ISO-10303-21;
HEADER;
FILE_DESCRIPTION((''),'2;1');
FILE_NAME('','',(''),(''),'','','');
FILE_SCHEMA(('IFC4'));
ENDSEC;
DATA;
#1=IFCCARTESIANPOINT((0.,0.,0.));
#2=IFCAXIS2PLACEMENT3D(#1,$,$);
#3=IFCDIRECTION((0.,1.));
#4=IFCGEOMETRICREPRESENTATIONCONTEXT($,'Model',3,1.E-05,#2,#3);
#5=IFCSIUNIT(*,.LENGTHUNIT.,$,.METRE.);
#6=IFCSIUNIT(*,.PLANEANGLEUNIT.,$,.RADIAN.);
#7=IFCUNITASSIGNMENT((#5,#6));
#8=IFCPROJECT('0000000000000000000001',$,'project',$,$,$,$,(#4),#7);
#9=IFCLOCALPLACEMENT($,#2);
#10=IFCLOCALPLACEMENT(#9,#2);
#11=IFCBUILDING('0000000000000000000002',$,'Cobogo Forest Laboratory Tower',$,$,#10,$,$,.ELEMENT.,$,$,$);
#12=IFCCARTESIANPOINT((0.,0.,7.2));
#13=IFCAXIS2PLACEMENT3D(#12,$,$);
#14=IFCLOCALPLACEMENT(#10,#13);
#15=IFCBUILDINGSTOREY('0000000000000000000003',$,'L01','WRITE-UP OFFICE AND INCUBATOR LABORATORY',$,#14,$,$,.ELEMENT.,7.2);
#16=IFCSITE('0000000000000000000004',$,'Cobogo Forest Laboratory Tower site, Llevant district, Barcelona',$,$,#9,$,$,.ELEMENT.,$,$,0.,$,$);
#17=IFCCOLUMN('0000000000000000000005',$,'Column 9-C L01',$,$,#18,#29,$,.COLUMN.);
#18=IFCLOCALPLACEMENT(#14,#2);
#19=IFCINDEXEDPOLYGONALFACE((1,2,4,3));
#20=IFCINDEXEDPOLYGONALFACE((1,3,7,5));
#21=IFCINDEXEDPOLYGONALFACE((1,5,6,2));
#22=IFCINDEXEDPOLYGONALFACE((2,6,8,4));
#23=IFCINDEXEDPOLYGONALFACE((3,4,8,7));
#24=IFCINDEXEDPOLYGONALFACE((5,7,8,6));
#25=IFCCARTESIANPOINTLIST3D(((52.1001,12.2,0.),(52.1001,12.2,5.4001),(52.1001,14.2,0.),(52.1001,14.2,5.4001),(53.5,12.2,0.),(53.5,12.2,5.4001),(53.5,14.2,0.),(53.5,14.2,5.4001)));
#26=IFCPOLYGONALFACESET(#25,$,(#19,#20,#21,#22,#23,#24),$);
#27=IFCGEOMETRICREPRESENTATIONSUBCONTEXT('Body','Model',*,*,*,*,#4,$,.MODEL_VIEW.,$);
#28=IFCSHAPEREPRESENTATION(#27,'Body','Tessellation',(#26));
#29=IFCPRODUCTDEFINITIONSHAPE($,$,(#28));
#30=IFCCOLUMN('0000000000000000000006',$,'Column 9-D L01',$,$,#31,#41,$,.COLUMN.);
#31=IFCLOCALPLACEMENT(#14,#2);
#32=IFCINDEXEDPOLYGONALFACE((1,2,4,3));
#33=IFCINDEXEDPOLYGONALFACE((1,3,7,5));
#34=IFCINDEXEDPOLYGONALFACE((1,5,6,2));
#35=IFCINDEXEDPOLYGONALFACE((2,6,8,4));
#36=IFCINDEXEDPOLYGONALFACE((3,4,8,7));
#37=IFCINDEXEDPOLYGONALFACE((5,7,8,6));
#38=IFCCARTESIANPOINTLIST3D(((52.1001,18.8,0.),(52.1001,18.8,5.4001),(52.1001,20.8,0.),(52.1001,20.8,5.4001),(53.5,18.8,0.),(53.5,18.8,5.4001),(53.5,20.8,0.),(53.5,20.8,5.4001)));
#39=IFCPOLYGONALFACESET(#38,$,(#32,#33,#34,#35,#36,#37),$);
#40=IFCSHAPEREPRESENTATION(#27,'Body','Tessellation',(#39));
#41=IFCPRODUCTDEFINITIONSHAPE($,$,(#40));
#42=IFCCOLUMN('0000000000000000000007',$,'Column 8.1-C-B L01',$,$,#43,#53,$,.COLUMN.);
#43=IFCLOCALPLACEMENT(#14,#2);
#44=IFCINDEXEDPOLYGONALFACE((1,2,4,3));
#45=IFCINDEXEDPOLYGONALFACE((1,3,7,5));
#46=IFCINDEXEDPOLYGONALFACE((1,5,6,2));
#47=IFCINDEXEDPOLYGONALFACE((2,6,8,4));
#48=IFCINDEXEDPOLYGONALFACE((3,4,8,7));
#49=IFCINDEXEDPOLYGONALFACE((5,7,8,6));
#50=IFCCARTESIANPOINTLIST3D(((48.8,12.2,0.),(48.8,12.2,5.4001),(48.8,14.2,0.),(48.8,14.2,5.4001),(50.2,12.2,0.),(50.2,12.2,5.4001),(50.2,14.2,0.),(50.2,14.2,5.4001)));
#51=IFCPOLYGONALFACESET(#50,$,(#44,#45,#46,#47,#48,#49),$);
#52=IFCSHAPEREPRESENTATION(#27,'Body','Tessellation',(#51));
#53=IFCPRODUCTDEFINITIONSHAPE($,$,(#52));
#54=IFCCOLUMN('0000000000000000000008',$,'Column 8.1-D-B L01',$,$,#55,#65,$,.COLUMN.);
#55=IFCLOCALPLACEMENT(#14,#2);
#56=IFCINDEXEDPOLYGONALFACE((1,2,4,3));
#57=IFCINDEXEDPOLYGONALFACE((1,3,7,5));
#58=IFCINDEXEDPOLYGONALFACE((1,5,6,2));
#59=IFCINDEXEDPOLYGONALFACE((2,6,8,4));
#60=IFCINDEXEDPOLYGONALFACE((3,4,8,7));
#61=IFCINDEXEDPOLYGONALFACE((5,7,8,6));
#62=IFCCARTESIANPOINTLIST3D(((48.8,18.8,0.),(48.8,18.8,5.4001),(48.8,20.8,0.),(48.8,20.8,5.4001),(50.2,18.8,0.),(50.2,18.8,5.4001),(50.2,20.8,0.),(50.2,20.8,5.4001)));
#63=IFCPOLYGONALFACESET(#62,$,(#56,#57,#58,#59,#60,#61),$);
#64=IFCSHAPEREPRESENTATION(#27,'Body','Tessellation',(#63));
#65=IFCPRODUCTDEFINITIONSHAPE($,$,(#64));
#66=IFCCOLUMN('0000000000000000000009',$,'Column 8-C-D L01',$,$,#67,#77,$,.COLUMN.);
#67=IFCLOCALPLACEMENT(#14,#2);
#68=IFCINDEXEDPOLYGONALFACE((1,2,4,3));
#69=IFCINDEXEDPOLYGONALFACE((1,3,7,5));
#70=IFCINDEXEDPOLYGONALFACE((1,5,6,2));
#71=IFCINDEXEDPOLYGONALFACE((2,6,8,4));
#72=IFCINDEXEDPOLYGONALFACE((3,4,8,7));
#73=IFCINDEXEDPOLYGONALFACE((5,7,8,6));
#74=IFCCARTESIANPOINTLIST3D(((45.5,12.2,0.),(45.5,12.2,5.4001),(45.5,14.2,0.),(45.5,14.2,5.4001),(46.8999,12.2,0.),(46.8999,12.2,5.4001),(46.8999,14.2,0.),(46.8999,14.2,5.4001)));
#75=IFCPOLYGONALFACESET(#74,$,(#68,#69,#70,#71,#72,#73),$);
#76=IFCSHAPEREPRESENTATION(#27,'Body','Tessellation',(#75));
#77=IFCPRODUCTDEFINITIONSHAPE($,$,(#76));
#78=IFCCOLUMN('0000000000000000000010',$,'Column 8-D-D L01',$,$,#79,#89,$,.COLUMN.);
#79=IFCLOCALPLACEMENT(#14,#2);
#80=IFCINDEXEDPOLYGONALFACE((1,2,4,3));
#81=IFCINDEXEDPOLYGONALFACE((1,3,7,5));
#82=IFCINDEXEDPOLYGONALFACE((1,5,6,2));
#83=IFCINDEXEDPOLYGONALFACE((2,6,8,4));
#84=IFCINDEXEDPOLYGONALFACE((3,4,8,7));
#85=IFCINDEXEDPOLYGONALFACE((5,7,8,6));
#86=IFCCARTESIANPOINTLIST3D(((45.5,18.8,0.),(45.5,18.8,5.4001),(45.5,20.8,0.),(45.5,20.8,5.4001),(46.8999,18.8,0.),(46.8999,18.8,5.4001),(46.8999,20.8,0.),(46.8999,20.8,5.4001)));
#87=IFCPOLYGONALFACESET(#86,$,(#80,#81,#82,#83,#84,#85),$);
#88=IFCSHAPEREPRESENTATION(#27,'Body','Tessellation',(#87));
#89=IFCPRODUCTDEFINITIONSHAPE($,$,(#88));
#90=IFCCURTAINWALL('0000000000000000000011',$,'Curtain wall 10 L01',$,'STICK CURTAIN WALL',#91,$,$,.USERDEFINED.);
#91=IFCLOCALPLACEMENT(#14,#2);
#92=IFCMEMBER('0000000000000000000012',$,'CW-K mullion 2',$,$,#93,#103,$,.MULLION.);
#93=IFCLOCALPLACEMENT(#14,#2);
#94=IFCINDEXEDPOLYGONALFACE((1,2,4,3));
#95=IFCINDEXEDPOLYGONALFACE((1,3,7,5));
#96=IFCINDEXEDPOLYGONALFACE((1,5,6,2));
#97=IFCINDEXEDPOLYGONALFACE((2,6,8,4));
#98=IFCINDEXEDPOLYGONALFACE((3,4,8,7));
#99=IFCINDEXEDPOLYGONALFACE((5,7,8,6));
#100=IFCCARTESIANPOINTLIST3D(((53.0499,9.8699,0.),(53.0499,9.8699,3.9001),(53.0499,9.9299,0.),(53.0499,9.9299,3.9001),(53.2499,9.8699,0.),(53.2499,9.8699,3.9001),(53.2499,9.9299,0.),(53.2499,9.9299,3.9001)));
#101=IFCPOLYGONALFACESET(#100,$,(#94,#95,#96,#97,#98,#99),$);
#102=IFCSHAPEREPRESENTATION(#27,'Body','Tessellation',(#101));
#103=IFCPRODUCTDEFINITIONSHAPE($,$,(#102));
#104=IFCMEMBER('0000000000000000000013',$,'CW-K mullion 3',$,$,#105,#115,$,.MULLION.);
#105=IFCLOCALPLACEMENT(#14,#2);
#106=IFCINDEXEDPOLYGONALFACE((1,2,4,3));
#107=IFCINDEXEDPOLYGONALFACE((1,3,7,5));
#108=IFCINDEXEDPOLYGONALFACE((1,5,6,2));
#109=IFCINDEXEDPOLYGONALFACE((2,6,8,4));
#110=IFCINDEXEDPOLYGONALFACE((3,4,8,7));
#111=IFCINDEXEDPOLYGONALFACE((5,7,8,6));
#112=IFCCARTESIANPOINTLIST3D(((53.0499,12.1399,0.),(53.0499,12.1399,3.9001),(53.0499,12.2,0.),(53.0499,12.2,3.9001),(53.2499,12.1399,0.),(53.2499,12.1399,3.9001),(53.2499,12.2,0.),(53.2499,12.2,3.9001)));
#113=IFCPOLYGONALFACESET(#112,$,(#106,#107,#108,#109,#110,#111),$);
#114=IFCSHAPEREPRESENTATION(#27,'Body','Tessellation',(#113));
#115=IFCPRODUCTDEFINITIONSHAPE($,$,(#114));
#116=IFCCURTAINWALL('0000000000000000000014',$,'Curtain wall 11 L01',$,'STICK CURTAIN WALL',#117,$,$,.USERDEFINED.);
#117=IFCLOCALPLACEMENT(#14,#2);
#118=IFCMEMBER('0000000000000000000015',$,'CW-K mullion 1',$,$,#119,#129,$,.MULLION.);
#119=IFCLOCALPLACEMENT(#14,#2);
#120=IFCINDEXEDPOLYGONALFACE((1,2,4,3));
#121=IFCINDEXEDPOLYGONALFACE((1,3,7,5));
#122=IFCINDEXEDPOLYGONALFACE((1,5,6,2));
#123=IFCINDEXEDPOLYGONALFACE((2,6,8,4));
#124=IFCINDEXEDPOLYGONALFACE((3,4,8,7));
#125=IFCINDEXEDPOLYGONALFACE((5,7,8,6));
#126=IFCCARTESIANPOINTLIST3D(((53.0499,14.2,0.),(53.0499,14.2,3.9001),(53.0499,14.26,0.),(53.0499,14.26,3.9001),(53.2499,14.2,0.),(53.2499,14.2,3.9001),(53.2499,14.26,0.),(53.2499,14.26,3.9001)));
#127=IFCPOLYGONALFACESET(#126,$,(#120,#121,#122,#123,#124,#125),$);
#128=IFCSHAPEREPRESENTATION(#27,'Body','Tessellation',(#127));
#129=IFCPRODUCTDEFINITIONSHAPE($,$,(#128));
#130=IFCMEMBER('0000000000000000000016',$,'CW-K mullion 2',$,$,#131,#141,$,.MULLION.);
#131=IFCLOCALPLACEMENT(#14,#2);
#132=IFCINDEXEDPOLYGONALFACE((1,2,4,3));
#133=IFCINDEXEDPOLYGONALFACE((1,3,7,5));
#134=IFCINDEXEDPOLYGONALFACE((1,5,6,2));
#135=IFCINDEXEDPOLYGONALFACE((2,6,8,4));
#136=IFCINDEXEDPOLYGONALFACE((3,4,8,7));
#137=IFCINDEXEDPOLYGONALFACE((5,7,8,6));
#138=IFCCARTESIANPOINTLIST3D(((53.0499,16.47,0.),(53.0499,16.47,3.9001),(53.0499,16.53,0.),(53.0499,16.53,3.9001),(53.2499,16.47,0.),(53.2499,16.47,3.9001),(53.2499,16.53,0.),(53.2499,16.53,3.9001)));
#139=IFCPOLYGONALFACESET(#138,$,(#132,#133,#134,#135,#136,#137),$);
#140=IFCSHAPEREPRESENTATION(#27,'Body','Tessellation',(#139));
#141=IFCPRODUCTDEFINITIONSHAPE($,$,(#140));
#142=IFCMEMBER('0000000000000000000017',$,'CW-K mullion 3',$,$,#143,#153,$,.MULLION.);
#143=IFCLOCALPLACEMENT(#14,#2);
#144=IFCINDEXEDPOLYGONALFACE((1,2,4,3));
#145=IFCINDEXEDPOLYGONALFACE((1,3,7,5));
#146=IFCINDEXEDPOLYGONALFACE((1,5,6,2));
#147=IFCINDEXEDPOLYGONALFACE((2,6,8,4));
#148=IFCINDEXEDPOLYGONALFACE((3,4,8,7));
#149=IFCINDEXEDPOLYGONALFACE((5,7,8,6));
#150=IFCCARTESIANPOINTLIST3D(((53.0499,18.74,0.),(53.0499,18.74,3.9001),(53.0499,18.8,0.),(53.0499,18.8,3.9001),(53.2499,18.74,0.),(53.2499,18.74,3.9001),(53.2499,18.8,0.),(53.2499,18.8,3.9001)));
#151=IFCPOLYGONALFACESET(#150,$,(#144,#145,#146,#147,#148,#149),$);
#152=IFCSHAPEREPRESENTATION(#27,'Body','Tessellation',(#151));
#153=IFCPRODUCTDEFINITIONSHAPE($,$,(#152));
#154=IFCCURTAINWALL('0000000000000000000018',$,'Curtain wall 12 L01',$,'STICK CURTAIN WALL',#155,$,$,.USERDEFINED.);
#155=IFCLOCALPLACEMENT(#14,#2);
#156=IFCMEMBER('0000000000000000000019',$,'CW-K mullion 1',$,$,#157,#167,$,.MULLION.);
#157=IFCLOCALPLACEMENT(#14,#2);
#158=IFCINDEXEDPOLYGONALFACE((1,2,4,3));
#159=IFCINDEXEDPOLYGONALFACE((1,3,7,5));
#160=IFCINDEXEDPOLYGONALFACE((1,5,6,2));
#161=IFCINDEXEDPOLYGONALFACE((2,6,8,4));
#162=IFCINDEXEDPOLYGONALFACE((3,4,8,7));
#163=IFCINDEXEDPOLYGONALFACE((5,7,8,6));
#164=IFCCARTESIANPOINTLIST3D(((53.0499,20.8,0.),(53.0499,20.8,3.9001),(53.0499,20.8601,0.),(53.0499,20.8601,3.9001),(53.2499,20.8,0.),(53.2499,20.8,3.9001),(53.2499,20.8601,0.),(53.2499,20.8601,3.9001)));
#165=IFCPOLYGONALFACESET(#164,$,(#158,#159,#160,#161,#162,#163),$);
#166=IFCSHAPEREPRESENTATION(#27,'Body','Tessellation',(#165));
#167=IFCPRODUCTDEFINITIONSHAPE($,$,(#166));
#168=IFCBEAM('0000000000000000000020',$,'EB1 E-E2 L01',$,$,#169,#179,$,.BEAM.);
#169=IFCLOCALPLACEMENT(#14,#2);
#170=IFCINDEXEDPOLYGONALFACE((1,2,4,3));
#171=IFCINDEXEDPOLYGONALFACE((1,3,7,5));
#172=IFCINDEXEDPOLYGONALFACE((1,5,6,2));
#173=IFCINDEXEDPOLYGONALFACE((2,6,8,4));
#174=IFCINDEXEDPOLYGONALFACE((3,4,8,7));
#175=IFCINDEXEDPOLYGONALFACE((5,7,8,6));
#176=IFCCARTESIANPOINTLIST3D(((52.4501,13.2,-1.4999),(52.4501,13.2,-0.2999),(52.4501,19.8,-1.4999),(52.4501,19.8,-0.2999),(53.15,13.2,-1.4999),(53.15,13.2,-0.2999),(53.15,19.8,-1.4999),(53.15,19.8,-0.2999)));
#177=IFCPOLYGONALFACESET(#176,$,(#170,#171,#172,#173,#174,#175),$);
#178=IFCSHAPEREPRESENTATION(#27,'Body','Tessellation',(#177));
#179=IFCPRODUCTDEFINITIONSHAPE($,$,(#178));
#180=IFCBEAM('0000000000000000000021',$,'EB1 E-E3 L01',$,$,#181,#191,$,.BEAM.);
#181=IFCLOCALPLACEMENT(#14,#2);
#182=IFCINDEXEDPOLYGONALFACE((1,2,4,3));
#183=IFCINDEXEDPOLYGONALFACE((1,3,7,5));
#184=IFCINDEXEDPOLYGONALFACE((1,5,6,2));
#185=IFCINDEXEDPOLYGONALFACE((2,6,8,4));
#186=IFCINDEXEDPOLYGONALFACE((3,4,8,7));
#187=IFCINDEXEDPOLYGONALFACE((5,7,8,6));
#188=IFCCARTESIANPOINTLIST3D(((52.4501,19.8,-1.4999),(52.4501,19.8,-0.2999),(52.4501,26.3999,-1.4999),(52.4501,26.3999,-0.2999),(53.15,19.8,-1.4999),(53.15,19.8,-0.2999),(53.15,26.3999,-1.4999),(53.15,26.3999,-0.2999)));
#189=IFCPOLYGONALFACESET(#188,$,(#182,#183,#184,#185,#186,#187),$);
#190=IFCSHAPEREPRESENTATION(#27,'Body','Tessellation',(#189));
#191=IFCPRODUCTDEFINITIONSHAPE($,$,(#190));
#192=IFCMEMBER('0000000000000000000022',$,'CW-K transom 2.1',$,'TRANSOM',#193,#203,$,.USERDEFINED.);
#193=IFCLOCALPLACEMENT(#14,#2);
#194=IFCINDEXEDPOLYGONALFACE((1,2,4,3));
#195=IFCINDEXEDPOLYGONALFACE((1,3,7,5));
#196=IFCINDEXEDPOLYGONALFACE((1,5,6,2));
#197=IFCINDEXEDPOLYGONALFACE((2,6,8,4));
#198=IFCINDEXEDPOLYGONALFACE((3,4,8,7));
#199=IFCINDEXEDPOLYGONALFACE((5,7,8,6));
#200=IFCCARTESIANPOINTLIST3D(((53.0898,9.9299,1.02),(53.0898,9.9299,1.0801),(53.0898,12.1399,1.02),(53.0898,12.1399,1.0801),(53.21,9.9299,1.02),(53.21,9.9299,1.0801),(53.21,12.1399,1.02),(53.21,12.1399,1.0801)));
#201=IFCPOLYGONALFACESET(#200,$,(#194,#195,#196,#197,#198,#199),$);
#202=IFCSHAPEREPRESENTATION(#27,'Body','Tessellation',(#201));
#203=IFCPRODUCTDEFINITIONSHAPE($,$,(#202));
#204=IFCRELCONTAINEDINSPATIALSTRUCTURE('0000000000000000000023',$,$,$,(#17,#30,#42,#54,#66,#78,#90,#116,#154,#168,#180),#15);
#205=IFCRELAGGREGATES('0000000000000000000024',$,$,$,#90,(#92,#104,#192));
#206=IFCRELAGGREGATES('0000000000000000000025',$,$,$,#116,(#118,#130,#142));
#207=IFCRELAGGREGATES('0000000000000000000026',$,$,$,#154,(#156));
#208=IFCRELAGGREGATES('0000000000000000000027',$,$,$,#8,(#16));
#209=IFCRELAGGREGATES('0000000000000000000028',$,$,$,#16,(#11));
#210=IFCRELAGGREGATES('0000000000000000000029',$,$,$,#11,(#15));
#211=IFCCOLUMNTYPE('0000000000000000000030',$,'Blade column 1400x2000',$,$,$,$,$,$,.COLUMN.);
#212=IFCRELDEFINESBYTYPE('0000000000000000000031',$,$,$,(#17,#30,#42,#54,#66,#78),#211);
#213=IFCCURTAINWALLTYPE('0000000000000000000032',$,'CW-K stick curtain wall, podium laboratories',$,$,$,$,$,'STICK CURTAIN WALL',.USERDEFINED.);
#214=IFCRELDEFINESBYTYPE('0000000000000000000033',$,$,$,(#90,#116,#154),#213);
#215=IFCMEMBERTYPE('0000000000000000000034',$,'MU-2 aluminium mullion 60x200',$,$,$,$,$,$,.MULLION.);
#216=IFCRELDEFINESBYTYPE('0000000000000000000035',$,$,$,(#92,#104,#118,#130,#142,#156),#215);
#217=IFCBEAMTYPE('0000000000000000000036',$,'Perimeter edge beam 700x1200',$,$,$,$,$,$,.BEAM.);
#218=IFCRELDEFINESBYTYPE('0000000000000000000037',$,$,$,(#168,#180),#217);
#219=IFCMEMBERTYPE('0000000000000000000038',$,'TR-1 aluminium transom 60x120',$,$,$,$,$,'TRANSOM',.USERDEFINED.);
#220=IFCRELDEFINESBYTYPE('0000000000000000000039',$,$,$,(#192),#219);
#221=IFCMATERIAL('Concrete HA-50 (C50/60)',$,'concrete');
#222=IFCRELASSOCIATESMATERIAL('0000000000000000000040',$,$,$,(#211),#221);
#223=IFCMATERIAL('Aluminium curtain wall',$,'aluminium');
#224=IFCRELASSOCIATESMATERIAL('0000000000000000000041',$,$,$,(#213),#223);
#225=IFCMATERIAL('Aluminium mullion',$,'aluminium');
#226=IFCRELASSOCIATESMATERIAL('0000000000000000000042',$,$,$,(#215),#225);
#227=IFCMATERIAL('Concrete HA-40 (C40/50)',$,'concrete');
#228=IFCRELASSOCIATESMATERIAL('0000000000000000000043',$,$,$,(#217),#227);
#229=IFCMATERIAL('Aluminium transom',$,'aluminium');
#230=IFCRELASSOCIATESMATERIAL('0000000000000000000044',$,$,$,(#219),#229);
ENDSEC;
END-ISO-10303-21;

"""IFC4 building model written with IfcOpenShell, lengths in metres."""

from ifc_helpers import new_model, si_unit, direction, frame, origin, origin_2d, place, context, subcontext, project, spatial, rectangle, extrude, material, material_profile, profile_set, type_object, element, aggregate, save


model = new_model("IFC4")

# Units and contexts
model_context = context("Model", 3, precision=1e-05, world=origin(), true_north=direction((0.0, 1.0)))
body_context = subcontext(model_context, "Body", "Model", "MODEL_VIEW")
ifc_project = project(units=[si_unit("LENGTHUNIT", "METRE"), si_unit("PLANEANGLEUNIT", "RADIAN")], contexts=[model_context])

# Site, building, storey
site_placement = place(None, origin())
site = spatial("IfcSite", under=ifc_project, at=site_placement, Name="Cobogo Forest Laboratory Tower site, Llevant district, Barcelona", CompositionType="ELEMENT", RefElevation=0.0)
building_placement = place(site_placement, origin())
building = spatial("IfcBuilding", under=site, at=building_placement, Name="Cobogo Forest Laboratory Tower", CompositionType="ELEMENT")
storey_placement = place(building_placement, frame((0.0, 0.0, 7.2)))
storey = spatial("IfcBuildingStorey", under=building, at=storey_placement, Name="L01", Description="WRITE-UP OFFICE AND INCUBATOR LABORATORY", CompositionType="ELEMENT", Elevation=7.2)

# Columns
ifc_material_1 = material(Name="Concrete HA-50 (C50/60)", Category="concrete")
ifc_material_profile_1 = material_profile(ifc_material_1, rectangle(XDim=2.0, YDim=1.3999, at=origin_2d()), Name="RC 1400x2000")
ifc_profile_set_1 = profile_set([ifc_material_profile_1], Name="Concrete HA-50 (C50/60)")
column_type = type_object("IfcColumnType", Name="Blade column 1400x2000", PredefinedType="COLUMN", material=ifc_profile_set_1)
for number, where, z_axis, x_axis, name in (
    (1, (52.8, 13.2, 0.0), (0.0, 0.0, 1.0), (0.0, 1.0, 0.0), "Column 9-C L01"),
    (2, (52.8, 19.8, 0.0), (0.0, 0.0, 1.0), (0.0, 1.0, 0.0), "Column 9-D L01"),
    (3, (49.5, 13.2, 0.0), (0.0, 0.0, 1.0), (0.0, 1.0, 0.0), "Column 8.1-C-B L01"),
    (4, (49.5, 19.8, 0.0), (0.0, 0.0, 1.0), (0.0, 1.0, 0.0), "Column 8.1-D-B L01"),
    (5, (46.2, 13.2, 0.0), (0.0, 0.0, 1.0), (0.0, 1.0, 0.0), "Column 8-C-D L01"),
    (6, (46.2, 19.8, 0.0), (0.0, 0.0, 1.0), (0.0, 1.0, 0.0), "Column 8-D-D L01"),
):
    element("IfcColumn", number, at=place(storey_placement, frame(where, z_axis=z_axis, x_axis=x_axis)), inside=storey, type_object=column_type, Name=name, PredefinedType="COLUMN", context=body_context, shape_type="SweptSolid", body=[
        extrude(rectangle(XDim=2.0, YDim=1.3999, at=origin_2d()), origin(), (0.0, 0.0, 1.0), 5.4001),
    ])

# Curtain walls, members
ifc_material_2 = material(Name="Aluminium curtain wall", Category="aluminium")
curtain_wall_type = type_object("IfcCurtainWallType", Name="CW-K stick curtain wall, podium laboratories", ElementType="STICK CURTAIN WALL", PredefinedType="USERDEFINED", material=ifc_material_2)
curtain_wall_1_placement = place(storey_placement, origin())
curtain_wall_1 = element("IfcCurtainWall", 7, at=curtain_wall_1_placement, inside=storey, type_object=curtain_wall_type, Name="Curtain wall 10 L01", ObjectType="STICK CURTAIN WALL", PredefinedType="USERDEFINED")
ifc_material_3 = material(Name="Aluminium mullion", Category="aluminium")
ifc_material_profile_2 = material_profile(ifc_material_3, rectangle(XDim=0.0601, YDim=0.2, at=origin_2d()), Name="AL 60x200")
ifc_profile_set_2 = profile_set([ifc_material_profile_2], Name="Aluminium mullion")
member_type_1 = type_object("IfcMemberType", Name="MU-2 aluminium mullion 60x200", PredefinedType="MULLION", material=ifc_profile_set_2)
member_1_placement = place(storey_placement, frame((53.1499, 9.8999, 0.0), z_axis=(0.0, 0.0, 1.0), x_axis=(0.0, 1.0, 0.0)))
member_1 = element("IfcMember", 8, at=member_1_placement, type_object=member_type_1, Name="CW-K mullion 2", PredefinedType="MULLION", context=body_context, shape_type="SweptSolid", body=[
    extrude(rectangle(XDim=0.0601, YDim=0.2, at=origin_2d()), origin(), (0.0, 0.0, 1.0), 3.9001),
])
member_2_placement = place(storey_placement, frame((53.1499, 12.1699, 0.0), z_axis=(0.0, 0.0, 1.0), x_axis=(0.0, 1.0, 0.0)))
member_2 = element("IfcMember", 9, at=member_2_placement, type_object=member_type_1, Name="CW-K mullion 3", PredefinedType="MULLION", context=body_context, shape_type="SweptSolid", body=[
    extrude(rectangle(XDim=0.0601, YDim=0.2, at=origin_2d()), origin(), (0.0, 0.0, 1.0), 3.9001),
])
curtain_wall_2_placement = place(storey_placement, origin())
curtain_wall_2 = element("IfcCurtainWall", 10, at=curtain_wall_2_placement, inside=storey, type_object=curtain_wall_type, Name="Curtain wall 11 L01", ObjectType="STICK CURTAIN WALL", PredefinedType="USERDEFINED")
member_3_placement = place(storey_placement, frame((53.1499, 14.23, 0.0), z_axis=(0.0, 0.0, 1.0), x_axis=(0.0, 1.0, 0.0)))
member_3 = element("IfcMember", 11, at=member_3_placement, type_object=member_type_1, Name="CW-K mullion 1", PredefinedType="MULLION", context=body_context, shape_type="SweptSolid", body=[
    extrude(rectangle(XDim=0.0601, YDim=0.2, at=origin_2d()), origin(), (0.0, 0.0, 1.0), 3.9001),
])
member_4_placement = place(storey_placement, frame((53.1499, 16.5, 0.0), z_axis=(0.0, 0.0, 1.0), x_axis=(0.0, 1.0, 0.0)))
member_4 = element("IfcMember", 12, at=member_4_placement, type_object=member_type_1, Name="CW-K mullion 2", PredefinedType="MULLION", context=body_context, shape_type="SweptSolid", body=[
    extrude(rectangle(XDim=0.0601, YDim=0.2, at=origin_2d()), origin(), (0.0, 0.0, 1.0), 3.9001),
])
member_5_placement = place(storey_placement, frame((53.1499, 18.77, 0.0), z_axis=(0.0, 0.0, 1.0), x_axis=(0.0, 1.0, 0.0)))
member_5 = element("IfcMember", 13, at=member_5_placement, type_object=member_type_1, Name="CW-K mullion 3", PredefinedType="MULLION", context=body_context, shape_type="SweptSolid", body=[
    extrude(rectangle(XDim=0.0601, YDim=0.2, at=origin_2d()), origin(), (0.0, 0.0, 1.0), 3.9001),
])

# Curtain wall, member
curtain_wall_3_placement = place(storey_placement, origin())
curtain_wall_3 = element("IfcCurtainWall", 14, at=curtain_wall_3_placement, inside=storey, type_object=curtain_wall_type, Name="Curtain wall 12 L01", ObjectType="STICK CURTAIN WALL", PredefinedType="USERDEFINED")
member_6_placement = place(storey_placement, frame((53.1499, 20.8301, 0.0), z_axis=(0.0, 0.0, 1.0), x_axis=(0.0, 1.0, 0.0)))
member_6 = element("IfcMember", 15, at=member_6_placement, type_object=member_type_1, Name="CW-K mullion 1", PredefinedType="MULLION", context=body_context, shape_type="SweptSolid", body=[
    extrude(rectangle(XDim=0.0601, YDim=0.2, at=origin_2d()), origin(), (0.0, 0.0, 1.0), 3.9001),
])

# Beams
ifc_material_4 = material(Name="Concrete HA-40 (C40/50)", Category="concrete")
ifc_material_profile_3 = material_profile(ifc_material_4, rectangle(XDim=0.7, YDim=1.2, at=origin_2d()), Name="RC 700x1200")
ifc_profile_set_3 = profile_set([ifc_material_profile_3], Name="Concrete HA-40 (C40/50)")
beam_type = type_object("IfcBeamType", Name="Perimeter edge beam 700x1200", PredefinedType="BEAM", material=ifc_profile_set_3)
beam_1_placement = place(storey_placement, frame((52.8, 13.2, -0.8999), z_axis=(0.0, 1.0, 0.0), x_axis=(-1.0, 0.0, 0.0)))
element("IfcBeam", 16, at=beam_1_placement, inside=storey, type_object=beam_type, Name="EB1 E-E2 L01", PredefinedType="BEAM", context=body_context, shape_type="SweptSolid", body=[
    extrude(rectangle(XDim=0.7, YDim=1.2, at=origin_2d()), origin(), (0.0, 0.0, 1.0), 6.6001),
])
beam_2_placement = place(storey_placement, frame((52.8, 19.8, -0.8999), z_axis=(0.0, 1.0, 0.0), x_axis=(-1.0, 0.0, 0.0)))
element("IfcBeam", 17, at=beam_2_placement, inside=storey, type_object=beam_type, Name="EB1 E-E3 L01", PredefinedType="BEAM", context=body_context, shape_type="SweptSolid", body=[
    extrude(rectangle(XDim=0.7, YDim=1.2, at=origin_2d()), origin(), (0.0, 0.0, 1.0), 6.5999),
])

# Member
ifc_material_5 = material(Name="Aluminium transom", Category="aluminium")
ifc_material_profile_4 = material_profile(ifc_material_5, rectangle(XDim=0.1201, YDim=0.0601, at=origin_2d()), Name="AL 60x120")
ifc_profile_set_4 = profile_set([ifc_material_profile_4], Name="Aluminium transom")
member_type_2 = type_object("IfcMemberType", Name="TR-1 aluminium transom 60x120", ElementType="TRANSOM", PredefinedType="USERDEFINED", material=ifc_profile_set_4)
member_7_placement = place(storey_placement, frame((53.1499, 9.9299, 1.05), z_axis=(0.0, 1.0, 0.0), x_axis=(-1.0, 0.0, 0.0)))
member_7 = element("IfcMember", 18, at=member_7_placement, type_object=member_type_2, Name="CW-K transom 2.1", ObjectType="TRANSOM", PredefinedType="USERDEFINED", context=body_context, shape_type="SweptSolid", body=[
    extrude(rectangle(XDim=0.1201, YDim=0.0601, at=origin_2d()), origin(), (0.0, 0.0, 1.0), 2.21),
])

aggregate(curtain_wall_1, [member_1, member_2, member_7])
aggregate(curtain_wall_2, [member_3, member_4, member_5])
aggregate(curtain_wall_3, [member_6])

save(model, "model.ifc")
